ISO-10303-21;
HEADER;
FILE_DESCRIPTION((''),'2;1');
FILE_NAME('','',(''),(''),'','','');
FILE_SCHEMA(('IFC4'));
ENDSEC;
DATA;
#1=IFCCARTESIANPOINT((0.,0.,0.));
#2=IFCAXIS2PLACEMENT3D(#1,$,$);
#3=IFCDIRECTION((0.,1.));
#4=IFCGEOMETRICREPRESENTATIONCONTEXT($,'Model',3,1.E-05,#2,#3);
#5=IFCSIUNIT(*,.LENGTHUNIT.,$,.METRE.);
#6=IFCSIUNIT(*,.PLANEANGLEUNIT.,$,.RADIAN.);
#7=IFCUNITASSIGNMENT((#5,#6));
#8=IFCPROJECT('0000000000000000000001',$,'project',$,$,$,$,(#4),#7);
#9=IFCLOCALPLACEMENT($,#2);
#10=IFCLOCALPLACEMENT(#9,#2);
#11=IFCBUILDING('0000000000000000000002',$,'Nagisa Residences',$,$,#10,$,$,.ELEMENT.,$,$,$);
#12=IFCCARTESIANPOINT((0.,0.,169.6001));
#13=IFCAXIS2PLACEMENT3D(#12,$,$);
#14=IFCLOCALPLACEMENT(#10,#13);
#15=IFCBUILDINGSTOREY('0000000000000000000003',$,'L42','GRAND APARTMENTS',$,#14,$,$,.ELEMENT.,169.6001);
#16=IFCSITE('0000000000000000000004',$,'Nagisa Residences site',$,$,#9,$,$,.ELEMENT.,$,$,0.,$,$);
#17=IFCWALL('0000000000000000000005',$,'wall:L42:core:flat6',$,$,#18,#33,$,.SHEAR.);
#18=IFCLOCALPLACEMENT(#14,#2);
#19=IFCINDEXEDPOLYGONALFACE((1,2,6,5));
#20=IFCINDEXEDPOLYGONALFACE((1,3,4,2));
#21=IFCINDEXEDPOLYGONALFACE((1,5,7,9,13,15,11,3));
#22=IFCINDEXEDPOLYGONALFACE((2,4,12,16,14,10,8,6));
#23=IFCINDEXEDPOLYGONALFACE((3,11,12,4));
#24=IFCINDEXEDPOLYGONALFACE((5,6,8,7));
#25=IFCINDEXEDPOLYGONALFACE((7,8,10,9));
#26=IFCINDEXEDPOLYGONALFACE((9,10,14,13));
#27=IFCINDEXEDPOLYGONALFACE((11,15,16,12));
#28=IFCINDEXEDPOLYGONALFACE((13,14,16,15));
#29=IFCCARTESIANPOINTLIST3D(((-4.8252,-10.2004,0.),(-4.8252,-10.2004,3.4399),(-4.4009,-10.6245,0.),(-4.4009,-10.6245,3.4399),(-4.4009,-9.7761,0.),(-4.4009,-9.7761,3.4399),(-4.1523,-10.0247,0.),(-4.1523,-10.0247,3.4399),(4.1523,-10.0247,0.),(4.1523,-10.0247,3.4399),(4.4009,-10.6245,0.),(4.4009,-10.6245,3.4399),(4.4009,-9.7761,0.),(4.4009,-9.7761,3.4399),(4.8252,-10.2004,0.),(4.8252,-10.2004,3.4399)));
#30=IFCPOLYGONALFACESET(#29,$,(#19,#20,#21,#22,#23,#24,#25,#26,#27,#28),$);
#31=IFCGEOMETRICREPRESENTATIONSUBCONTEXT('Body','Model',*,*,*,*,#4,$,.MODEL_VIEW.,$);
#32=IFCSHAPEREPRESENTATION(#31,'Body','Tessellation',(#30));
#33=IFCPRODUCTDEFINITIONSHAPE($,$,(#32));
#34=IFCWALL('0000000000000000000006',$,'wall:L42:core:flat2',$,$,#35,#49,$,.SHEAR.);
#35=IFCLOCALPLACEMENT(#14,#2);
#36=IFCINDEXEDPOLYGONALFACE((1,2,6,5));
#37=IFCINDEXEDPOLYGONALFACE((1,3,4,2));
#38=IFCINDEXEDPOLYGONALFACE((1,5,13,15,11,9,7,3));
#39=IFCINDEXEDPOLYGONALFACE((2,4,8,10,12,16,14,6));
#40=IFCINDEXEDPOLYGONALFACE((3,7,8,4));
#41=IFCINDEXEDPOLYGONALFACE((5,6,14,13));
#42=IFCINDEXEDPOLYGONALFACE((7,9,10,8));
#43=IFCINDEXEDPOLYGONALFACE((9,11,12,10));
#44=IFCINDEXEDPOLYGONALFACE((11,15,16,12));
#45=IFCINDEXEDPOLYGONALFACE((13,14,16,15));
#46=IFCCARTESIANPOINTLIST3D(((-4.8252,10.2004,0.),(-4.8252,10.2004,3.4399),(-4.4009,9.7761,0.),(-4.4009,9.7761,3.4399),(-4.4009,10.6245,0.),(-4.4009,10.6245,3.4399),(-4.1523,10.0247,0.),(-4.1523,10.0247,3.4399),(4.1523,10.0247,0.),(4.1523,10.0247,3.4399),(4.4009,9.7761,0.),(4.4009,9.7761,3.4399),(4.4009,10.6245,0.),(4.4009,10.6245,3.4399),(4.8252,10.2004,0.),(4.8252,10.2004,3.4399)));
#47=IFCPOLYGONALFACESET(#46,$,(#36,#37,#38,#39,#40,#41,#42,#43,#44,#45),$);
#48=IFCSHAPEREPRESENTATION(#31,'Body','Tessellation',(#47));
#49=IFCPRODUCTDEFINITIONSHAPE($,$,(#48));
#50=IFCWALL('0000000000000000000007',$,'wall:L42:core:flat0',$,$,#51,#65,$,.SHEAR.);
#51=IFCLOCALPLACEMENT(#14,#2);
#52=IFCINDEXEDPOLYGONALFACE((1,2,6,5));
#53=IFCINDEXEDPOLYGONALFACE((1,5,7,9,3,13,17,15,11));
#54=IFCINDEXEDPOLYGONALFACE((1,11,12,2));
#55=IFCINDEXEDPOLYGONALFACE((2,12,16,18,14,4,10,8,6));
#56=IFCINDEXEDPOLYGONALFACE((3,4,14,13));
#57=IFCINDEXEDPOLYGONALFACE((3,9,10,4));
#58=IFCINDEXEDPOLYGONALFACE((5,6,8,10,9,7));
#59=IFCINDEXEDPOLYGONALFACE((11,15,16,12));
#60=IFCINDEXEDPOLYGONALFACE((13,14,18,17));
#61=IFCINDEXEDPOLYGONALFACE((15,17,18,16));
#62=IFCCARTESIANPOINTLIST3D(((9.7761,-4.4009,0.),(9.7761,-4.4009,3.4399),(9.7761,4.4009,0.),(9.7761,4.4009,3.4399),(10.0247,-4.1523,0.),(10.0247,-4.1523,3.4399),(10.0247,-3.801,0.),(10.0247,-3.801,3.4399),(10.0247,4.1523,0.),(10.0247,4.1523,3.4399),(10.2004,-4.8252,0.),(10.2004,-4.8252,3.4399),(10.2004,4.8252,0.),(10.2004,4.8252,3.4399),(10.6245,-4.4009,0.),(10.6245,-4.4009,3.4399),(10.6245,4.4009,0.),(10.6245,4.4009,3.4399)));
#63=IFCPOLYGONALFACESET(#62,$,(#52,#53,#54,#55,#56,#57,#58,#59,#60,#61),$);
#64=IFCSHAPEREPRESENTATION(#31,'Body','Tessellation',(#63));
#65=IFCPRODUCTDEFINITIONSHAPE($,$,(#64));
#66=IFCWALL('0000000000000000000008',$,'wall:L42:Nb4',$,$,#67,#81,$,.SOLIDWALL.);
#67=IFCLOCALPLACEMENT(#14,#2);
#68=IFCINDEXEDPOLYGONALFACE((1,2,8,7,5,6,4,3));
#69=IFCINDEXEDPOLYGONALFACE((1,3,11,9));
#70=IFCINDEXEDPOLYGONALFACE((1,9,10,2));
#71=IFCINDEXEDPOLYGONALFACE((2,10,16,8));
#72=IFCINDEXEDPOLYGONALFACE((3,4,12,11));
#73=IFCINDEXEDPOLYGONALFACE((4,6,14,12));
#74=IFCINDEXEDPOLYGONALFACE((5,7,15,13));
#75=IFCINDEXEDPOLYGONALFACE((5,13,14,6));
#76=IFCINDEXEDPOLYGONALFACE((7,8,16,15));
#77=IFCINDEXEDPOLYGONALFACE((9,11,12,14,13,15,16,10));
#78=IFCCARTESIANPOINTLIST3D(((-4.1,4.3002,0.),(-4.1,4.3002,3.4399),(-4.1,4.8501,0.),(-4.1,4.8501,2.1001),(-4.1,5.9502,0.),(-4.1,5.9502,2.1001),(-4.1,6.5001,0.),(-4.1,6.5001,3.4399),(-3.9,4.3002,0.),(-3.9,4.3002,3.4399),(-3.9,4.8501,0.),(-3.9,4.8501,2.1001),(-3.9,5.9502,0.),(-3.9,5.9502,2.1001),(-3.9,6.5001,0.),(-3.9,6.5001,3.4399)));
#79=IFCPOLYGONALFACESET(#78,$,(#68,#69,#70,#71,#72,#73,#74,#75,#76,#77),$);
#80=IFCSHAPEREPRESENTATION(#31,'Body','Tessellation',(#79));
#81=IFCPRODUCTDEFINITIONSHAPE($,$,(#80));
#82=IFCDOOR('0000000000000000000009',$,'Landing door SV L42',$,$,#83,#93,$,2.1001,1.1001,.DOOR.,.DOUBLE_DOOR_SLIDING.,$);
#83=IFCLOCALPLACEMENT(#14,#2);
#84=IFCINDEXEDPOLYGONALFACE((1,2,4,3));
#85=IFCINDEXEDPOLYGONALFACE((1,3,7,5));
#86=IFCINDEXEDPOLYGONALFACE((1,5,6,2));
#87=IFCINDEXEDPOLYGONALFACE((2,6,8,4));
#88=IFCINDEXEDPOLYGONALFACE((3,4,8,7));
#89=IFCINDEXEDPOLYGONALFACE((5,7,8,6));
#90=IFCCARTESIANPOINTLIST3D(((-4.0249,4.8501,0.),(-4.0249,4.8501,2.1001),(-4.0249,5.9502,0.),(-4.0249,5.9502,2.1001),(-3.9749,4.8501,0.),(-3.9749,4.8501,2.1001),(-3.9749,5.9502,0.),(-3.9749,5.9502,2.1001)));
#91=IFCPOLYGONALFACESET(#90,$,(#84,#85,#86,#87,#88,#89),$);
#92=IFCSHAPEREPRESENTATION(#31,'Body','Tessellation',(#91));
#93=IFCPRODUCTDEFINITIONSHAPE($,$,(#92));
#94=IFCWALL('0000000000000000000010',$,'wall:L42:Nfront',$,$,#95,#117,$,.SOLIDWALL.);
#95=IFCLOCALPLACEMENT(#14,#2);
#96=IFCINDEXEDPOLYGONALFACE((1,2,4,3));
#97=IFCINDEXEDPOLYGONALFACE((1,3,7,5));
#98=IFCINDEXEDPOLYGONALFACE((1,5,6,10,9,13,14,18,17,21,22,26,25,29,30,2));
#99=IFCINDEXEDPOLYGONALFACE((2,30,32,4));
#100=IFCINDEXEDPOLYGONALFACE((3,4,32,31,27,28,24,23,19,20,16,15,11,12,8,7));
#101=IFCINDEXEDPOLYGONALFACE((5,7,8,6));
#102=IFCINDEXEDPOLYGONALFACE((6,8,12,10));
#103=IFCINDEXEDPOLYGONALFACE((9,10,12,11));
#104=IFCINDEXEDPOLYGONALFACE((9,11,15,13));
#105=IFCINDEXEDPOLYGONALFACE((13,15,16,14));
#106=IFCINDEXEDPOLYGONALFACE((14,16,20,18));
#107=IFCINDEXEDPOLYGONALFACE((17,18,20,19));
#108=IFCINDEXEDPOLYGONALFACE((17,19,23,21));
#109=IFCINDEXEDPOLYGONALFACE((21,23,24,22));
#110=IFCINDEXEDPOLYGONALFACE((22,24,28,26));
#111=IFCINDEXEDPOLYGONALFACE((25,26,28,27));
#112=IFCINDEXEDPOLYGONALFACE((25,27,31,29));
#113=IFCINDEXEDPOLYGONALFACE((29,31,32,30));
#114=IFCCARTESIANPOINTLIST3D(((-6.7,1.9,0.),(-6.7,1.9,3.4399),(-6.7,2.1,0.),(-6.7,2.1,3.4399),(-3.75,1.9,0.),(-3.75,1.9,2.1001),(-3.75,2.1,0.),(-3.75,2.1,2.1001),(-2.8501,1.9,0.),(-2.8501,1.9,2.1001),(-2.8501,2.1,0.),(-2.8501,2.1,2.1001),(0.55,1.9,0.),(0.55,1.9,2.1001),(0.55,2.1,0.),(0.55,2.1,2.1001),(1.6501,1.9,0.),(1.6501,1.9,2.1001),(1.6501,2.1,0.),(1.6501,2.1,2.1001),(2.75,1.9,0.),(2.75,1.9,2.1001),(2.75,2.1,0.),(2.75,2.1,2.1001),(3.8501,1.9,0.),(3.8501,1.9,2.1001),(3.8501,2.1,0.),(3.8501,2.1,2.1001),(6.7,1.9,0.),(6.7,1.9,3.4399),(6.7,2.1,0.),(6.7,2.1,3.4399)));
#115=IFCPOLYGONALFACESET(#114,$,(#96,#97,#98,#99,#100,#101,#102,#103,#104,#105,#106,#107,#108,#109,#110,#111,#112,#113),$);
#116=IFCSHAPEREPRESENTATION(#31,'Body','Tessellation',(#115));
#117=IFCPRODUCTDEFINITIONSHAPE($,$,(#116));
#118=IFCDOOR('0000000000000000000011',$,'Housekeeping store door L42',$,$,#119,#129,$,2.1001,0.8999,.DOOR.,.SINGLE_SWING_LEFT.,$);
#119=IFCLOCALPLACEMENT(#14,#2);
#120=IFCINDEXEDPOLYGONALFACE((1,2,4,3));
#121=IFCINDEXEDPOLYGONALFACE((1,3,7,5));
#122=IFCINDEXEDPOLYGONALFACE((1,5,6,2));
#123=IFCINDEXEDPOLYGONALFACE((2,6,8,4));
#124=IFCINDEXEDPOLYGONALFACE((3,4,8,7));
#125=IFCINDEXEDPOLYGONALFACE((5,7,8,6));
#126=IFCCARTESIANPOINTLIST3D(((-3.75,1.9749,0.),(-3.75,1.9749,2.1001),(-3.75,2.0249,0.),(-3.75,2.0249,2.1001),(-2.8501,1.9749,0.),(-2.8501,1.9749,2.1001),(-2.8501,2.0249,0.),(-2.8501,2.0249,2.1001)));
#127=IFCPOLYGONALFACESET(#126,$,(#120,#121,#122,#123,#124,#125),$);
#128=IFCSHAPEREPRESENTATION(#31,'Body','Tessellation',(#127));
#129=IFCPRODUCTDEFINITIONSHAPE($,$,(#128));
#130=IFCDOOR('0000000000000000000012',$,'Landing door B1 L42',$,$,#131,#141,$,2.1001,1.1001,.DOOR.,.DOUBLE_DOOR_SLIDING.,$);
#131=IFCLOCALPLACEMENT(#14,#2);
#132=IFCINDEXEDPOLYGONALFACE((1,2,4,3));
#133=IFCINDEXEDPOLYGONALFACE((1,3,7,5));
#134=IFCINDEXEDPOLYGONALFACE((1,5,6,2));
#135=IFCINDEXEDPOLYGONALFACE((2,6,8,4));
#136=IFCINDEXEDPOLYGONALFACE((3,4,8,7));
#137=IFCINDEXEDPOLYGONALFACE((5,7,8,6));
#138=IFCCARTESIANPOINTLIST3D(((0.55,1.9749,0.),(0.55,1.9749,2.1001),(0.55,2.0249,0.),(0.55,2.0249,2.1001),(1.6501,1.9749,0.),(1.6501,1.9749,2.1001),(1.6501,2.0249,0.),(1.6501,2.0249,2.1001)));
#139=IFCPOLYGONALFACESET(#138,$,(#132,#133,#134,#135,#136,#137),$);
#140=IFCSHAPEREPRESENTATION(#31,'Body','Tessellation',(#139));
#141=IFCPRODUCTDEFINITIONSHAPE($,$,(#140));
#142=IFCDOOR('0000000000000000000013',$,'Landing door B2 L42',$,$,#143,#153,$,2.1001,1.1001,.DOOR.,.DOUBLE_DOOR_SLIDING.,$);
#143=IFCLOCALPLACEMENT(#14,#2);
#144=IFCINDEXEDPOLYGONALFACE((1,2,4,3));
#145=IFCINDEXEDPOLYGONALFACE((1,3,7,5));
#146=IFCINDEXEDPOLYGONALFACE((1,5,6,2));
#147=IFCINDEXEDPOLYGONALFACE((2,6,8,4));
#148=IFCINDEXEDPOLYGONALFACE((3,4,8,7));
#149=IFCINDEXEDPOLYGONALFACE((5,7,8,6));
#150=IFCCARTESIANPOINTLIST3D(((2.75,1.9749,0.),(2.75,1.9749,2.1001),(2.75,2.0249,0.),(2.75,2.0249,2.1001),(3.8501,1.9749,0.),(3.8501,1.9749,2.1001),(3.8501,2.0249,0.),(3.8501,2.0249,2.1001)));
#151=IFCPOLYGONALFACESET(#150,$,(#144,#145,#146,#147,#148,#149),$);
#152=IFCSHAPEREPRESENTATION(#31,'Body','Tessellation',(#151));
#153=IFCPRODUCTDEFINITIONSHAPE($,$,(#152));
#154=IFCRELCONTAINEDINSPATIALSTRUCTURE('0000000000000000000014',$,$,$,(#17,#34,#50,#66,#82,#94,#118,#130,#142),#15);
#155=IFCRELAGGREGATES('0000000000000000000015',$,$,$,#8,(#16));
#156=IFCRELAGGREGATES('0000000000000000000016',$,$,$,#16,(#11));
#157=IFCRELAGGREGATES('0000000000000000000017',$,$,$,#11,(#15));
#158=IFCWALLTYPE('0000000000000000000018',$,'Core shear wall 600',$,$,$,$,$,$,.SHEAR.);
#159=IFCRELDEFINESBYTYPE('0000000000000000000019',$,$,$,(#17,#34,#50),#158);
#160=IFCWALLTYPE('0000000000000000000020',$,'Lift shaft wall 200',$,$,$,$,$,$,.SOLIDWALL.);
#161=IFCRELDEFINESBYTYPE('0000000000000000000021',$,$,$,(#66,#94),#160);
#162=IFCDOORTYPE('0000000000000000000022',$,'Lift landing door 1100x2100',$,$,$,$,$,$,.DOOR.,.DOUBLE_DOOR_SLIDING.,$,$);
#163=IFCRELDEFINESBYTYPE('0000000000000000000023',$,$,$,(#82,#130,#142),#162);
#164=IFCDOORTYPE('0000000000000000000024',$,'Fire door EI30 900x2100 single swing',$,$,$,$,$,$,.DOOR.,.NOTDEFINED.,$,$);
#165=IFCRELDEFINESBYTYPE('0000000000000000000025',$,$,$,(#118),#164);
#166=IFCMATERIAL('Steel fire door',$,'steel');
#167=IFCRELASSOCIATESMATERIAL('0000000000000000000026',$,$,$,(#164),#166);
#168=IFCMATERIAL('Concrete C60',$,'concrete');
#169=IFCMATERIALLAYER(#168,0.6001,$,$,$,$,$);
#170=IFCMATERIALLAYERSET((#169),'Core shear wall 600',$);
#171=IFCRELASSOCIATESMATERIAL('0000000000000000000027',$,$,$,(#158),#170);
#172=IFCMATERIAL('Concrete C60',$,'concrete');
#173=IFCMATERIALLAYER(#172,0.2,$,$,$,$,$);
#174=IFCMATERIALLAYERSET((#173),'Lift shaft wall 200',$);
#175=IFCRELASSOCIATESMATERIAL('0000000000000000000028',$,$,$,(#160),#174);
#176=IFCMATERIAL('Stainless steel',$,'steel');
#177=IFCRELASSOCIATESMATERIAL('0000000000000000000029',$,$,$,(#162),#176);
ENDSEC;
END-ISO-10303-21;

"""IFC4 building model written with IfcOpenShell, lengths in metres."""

from ifc_helpers import new_model, si_unit, direction, frame, frame_2d, origin, place, context, subcontext, project, spatial, polyline, rectangle, outline, extrude, material, layer, layer_set, type_object, element, fill, save


model = new_model("IFC4")

# Units and contexts
model_context = context("Model", 3, precision=1e-05, world=origin(), true_north=direction((0.0, 1.0)))
body_context = subcontext(model_context, "Body", "Model", "MODEL_VIEW")
ifc_project = project(units=[si_unit("LENGTHUNIT", "METRE"), si_unit("PLANEANGLEUNIT", "RADIAN")], contexts=[model_context])

# Site, building, storey
site_placement = place(None, origin())
site = spatial("IfcSite", under=ifc_project, at=site_placement, Name="Nagisa Residences site", CompositionType="ELEMENT", RefElevation=0.0)
building_placement = place(site_placement, origin())
building = spatial("IfcBuilding", under=site, at=building_placement, Name="Nagisa Residences", CompositionType="ELEMENT")
storey_placement = place(building_placement, frame((0.0, 0.0, 169.6001)))
storey = spatial("IfcBuildingStorey", under=building, at=storey_placement, Name="L42", Description="GRAND APARTMENTS", CompositionType="ELEMENT", Elevation=169.6001)

# Shared definitions
ifc_material_1 = material(Name="Steel fire door", Category="steel")
door_type_1 = type_object("IfcDoorType", Name="Fire door EI30 900x2100 single swing", OperationType="NOTDEFINED", PredefinedType="DOOR", material=ifc_material_1)
ifc_material_2 = material(Name="Concrete C60", Category="concrete")
ifc_layer_1 = layer(ifc_material_2, 0.6001)
ifc_layer_set_1 = layer_set([ifc_layer_1], Name="Core shear wall 600")
wall_type_1 = type_object("IfcWallType", Name="Core shear wall 600", PredefinedType="SHEAR", material=ifc_layer_set_1)

# Walls
wall_1_placement = place(storey_placement, origin())
element("IfcWall", 1, at=wall_1_placement, inside=storey, type_object=wall_type_1, Name="wall:L42:core:flat6", PredefinedType="SHEAR", context=body_context, shape_type="SweptSolid", body=[
    extrude(outline(polyline([(-4.1523, -10.0247), (4.1523, -10.0247), (4.4009, -9.7761), (4.8252, -10.2004), (4.4009, -10.6245), (-4.4009, -10.6245), (-4.8252, -10.2004), (-4.4009, -9.7761), (-4.1523, -10.0247)])), origin(), (0.0, 0.0, 1.0), 3.4399),
])
wall_2_placement = place(storey_placement, origin())
element("IfcWall", 2, at=wall_2_placement, inside=storey, type_object=wall_type_1, Name="wall:L42:core:flat2", PredefinedType="SHEAR", context=body_context, shape_type="SweptSolid", body=[
    extrude(outline(polyline([(-4.1523, 10.0247), (-4.4009, 9.7761), (-4.8252, 10.2004), (-4.4009, 10.6245), (4.4009, 10.6245), (4.8252, 10.2004), (4.4009, 9.7761), (4.1523, 10.0247), (-4.1523, 10.0247)])), origin(), (0.0, 0.0, 1.0), 3.4399),
])
wall_3_placement = place(storey_placement, origin())
element("IfcWall", 3, at=wall_3_placement, inside=storey, type_object=wall_type_1, Name="wall:L42:core:flat0", PredefinedType="SHEAR", context=body_context, shape_type="SweptSolid", body=[
    extrude(outline(polyline([(9.7761, -4.4009), (10.0247, -4.1523), (10.0247, -3.801), (10.0247, 4.1523), (9.7761, 4.4009), (10.2004, 4.8252), (10.6245, 4.4009), (10.6245, -4.4009), (10.2004, -4.8252), (9.7761, -4.4009)])), origin(), (0.0, 0.0, 1.0), 3.4399),
])

# Wall, opening, door
ifc_material_3 = material(Name="Concrete C60", Category="concrete")
ifc_layer_2 = layer(ifc_material_3, 0.2)
ifc_layer_set_2 = layer_set([ifc_layer_2], Name="Lift shaft wall 200")
wall_type_2 = type_object("IfcWallType", Name="Lift shaft wall 200", PredefinedType="SOLIDWALL", material=ifc_layer_set_2)
wall_4_placement = place(storey_placement, frame((-4.0, 4.3, 0.0), z_axis=(0.0, 0.0, 1.0), x_axis=(0.0, 1.0, 0.0)))
wall_4 = element("IfcWall", 4, at=wall_4_placement, inside=storey, type_object=wall_type_2, Name="wall:L42:Nb4", PredefinedType="SOLIDWALL", context=body_context, shape_type="SweptSolid", body=[
    extrude(rectangle(XDim=2.2, YDim=0.2, at=frame_2d((1.1001, 0.0))), origin(), (0.0, 0.0, 1.0), 3.4399),
])
opening_1_placement = place(wall_4_placement, frame((0.55, 0.0, 0.0)))
opening_1 = element("IfcOpeningElement", 5, at=opening_1_placement, cuts=wall_4, PredefinedType="OPENING", context=body_context, shape_type="SweptSolid", body=[
    extrude(rectangle(XDim=1.1001, YDim=2.1001, at=frame_2d((0.55, 1.05))), frame((0.0, 0.1099, 0.0), z_axis=(0.0, -1.0, 0.0), x_axis=(1.0, 0.0, 0.0)), (0.0, 0.0, 1.0), 0.22),
])
ifc_material_4 = material(Name="Stainless steel", Category="steel")
door_type_2 = type_object("IfcDoorType", Name="Lift landing door 1100x2100", OperationType="DOUBLE_DOOR_SLIDING", PredefinedType="DOOR", material=ifc_material_4)
door_1_placement = place(opening_1_placement, origin())
door_1 = element("IfcDoor", 6, at=door_1_placement, inside=storey, type_object=door_type_2, Name="Landing door SV L42", OperationType="DOUBLE_DOOR_SLIDING", OverallHeight=2.1001, OverallWidth=1.1001, PredefinedType="DOOR", context=body_context, shape_type="SweptSolid", body=[
    extrude(rectangle(XDim=1.1001, YDim=2.1001, at=frame_2d((0.55, 1.05))), frame((0.0, 0.0249, 0.0), z_axis=(0.0, -1.0, 0.0), x_axis=(1.0, 0.0, 0.0)), (0.0, 0.0, 1.0), 0.05),
])
fill(opening_1, door_1)

# Wall, openings, doors
wall_5_placement = place(storey_placement, frame((-6.7, 2.0, 0.0), z_axis=(0.0, 0.0, 1.0), x_axis=(1.0, 0.0, 0.0)))
wall_5 = element("IfcWall", 7, at=wall_5_placement, inside=storey, type_object=wall_type_2, Name="wall:L42:Nfront", PredefinedType="SOLIDWALL", context=body_context, shape_type="SweptSolid", body=[
    extrude(rectangle(XDim=13.3999, YDim=0.2, at=frame_2d((6.7, 0.0))), origin(), (0.0, 0.0, 1.0), 3.4399),
])
opening_2_placement = place(wall_5_placement, frame((7.25, 0.0, 0.0)))
opening_2 = element("IfcOpeningElement", 8, at=opening_2_placement, cuts=wall_5, PredefinedType="OPENING", context=body_context, shape_type="SweptSolid", body=[
    extrude(rectangle(XDim=1.1001, YDim=2.1001, at=frame_2d((0.55, 1.05))), frame((0.0, 0.1099, 0.0), z_axis=(0.0, -1.0, 0.0), x_axis=(1.0, 0.0, 0.0)), (0.0, 0.0, 1.0), 0.22),
])
opening_3_placement = place(wall_5_placement, frame((9.45, 0.0, 0.0)))
opening_3 = element("IfcOpeningElement", 9, at=opening_3_placement, cuts=wall_5, PredefinedType="OPENING", context=body_context, shape_type="SweptSolid", body=[
    extrude(rectangle(XDim=1.1001, YDim=2.1001, at=frame_2d((0.55, 1.05))), frame((0.0, 0.1099, 0.0), z_axis=(0.0, -1.0, 0.0), x_axis=(1.0, 0.0, 0.0)), (0.0, 0.0, 1.0), 0.22),
])
opening_4_placement = place(wall_5_placement, frame((2.95, 0.0, 0.0)))
opening_4 = element("IfcOpeningElement", 10, at=opening_4_placement, cuts=wall_5, PredefinedType="OPENING", context=body_context, shape_type="SweptSolid", body=[
    extrude(rectangle(XDim=0.8999, YDim=2.1001, at=frame_2d((0.45, 1.05))), frame((0.0, 0.1099, 0.0), z_axis=(0.0, -1.0, 0.0), x_axis=(1.0, 0.0, 0.0)), (0.0, 0.0, 1.0), 0.22),
])
door_2_placement = place(opening_4_placement, origin())
door_2 = element("IfcDoor", 11, at=door_2_placement, inside=storey, type_object=door_type_1, Name="Housekeeping store door L42", OperationType="SINGLE_SWING_LEFT", OverallHeight=2.1001, OverallWidth=0.8999, PredefinedType="DOOR", context=body_context, shape_type="SweptSolid", body=[
    extrude(rectangle(XDim=0.8999, YDim=2.1001, at=frame_2d((0.45, 1.05))), frame((0.0, 0.0249, 0.0), z_axis=(0.0, -1.0, 0.0), x_axis=(1.0, 0.0, 0.0)), (0.0, 0.0, 1.0), 0.05),
])
fill(opening_4, door_2)
door_3_placement = place(opening_2_placement, origin())
door_3 = element("IfcDoor", 12, at=door_3_placement, inside=storey, type_object=door_type_2, Name="Landing door B1 L42", OperationType="DOUBLE_DOOR_SLIDING", OverallHeight=2.1001, OverallWidth=1.1001, PredefinedType="DOOR", context=body_context, shape_type="SweptSolid", body=[
    extrude(rectangle(XDim=1.1001, YDim=2.1001, at=frame_2d((0.55, 1.05))), frame((0.0, 0.0249, 0.0), z_axis=(0.0, -1.0, 0.0), x_axis=(1.0, 0.0, 0.0)), (0.0, 0.0, 1.0), 0.05),
])
fill(opening_2, door_3)
door_4_placement = place(opening_3_placement, origin())
door_4 = element("IfcDoor", 13, at=door_4_placement, inside=storey, type_object=door_type_2, Name="Landing door B2 L42", OperationType="DOUBLE_DOOR_SLIDING", OverallHeight=2.1001, OverallWidth=1.1001, PredefinedType="DOOR", context=body_context, shape_type="SweptSolid", body=[
    extrude(rectangle(XDim=1.1001, YDim=2.1001, at=frame_2d((0.55, 1.05))), frame((0.0, 0.0249, 0.0), z_axis=(0.0, -1.0, 0.0), x_axis=(1.0, 0.0, 0.0)), (0.0, 0.0, 1.0), 0.05),
])
fill(opening_3, door_4)

save(model, "model.ifc")
